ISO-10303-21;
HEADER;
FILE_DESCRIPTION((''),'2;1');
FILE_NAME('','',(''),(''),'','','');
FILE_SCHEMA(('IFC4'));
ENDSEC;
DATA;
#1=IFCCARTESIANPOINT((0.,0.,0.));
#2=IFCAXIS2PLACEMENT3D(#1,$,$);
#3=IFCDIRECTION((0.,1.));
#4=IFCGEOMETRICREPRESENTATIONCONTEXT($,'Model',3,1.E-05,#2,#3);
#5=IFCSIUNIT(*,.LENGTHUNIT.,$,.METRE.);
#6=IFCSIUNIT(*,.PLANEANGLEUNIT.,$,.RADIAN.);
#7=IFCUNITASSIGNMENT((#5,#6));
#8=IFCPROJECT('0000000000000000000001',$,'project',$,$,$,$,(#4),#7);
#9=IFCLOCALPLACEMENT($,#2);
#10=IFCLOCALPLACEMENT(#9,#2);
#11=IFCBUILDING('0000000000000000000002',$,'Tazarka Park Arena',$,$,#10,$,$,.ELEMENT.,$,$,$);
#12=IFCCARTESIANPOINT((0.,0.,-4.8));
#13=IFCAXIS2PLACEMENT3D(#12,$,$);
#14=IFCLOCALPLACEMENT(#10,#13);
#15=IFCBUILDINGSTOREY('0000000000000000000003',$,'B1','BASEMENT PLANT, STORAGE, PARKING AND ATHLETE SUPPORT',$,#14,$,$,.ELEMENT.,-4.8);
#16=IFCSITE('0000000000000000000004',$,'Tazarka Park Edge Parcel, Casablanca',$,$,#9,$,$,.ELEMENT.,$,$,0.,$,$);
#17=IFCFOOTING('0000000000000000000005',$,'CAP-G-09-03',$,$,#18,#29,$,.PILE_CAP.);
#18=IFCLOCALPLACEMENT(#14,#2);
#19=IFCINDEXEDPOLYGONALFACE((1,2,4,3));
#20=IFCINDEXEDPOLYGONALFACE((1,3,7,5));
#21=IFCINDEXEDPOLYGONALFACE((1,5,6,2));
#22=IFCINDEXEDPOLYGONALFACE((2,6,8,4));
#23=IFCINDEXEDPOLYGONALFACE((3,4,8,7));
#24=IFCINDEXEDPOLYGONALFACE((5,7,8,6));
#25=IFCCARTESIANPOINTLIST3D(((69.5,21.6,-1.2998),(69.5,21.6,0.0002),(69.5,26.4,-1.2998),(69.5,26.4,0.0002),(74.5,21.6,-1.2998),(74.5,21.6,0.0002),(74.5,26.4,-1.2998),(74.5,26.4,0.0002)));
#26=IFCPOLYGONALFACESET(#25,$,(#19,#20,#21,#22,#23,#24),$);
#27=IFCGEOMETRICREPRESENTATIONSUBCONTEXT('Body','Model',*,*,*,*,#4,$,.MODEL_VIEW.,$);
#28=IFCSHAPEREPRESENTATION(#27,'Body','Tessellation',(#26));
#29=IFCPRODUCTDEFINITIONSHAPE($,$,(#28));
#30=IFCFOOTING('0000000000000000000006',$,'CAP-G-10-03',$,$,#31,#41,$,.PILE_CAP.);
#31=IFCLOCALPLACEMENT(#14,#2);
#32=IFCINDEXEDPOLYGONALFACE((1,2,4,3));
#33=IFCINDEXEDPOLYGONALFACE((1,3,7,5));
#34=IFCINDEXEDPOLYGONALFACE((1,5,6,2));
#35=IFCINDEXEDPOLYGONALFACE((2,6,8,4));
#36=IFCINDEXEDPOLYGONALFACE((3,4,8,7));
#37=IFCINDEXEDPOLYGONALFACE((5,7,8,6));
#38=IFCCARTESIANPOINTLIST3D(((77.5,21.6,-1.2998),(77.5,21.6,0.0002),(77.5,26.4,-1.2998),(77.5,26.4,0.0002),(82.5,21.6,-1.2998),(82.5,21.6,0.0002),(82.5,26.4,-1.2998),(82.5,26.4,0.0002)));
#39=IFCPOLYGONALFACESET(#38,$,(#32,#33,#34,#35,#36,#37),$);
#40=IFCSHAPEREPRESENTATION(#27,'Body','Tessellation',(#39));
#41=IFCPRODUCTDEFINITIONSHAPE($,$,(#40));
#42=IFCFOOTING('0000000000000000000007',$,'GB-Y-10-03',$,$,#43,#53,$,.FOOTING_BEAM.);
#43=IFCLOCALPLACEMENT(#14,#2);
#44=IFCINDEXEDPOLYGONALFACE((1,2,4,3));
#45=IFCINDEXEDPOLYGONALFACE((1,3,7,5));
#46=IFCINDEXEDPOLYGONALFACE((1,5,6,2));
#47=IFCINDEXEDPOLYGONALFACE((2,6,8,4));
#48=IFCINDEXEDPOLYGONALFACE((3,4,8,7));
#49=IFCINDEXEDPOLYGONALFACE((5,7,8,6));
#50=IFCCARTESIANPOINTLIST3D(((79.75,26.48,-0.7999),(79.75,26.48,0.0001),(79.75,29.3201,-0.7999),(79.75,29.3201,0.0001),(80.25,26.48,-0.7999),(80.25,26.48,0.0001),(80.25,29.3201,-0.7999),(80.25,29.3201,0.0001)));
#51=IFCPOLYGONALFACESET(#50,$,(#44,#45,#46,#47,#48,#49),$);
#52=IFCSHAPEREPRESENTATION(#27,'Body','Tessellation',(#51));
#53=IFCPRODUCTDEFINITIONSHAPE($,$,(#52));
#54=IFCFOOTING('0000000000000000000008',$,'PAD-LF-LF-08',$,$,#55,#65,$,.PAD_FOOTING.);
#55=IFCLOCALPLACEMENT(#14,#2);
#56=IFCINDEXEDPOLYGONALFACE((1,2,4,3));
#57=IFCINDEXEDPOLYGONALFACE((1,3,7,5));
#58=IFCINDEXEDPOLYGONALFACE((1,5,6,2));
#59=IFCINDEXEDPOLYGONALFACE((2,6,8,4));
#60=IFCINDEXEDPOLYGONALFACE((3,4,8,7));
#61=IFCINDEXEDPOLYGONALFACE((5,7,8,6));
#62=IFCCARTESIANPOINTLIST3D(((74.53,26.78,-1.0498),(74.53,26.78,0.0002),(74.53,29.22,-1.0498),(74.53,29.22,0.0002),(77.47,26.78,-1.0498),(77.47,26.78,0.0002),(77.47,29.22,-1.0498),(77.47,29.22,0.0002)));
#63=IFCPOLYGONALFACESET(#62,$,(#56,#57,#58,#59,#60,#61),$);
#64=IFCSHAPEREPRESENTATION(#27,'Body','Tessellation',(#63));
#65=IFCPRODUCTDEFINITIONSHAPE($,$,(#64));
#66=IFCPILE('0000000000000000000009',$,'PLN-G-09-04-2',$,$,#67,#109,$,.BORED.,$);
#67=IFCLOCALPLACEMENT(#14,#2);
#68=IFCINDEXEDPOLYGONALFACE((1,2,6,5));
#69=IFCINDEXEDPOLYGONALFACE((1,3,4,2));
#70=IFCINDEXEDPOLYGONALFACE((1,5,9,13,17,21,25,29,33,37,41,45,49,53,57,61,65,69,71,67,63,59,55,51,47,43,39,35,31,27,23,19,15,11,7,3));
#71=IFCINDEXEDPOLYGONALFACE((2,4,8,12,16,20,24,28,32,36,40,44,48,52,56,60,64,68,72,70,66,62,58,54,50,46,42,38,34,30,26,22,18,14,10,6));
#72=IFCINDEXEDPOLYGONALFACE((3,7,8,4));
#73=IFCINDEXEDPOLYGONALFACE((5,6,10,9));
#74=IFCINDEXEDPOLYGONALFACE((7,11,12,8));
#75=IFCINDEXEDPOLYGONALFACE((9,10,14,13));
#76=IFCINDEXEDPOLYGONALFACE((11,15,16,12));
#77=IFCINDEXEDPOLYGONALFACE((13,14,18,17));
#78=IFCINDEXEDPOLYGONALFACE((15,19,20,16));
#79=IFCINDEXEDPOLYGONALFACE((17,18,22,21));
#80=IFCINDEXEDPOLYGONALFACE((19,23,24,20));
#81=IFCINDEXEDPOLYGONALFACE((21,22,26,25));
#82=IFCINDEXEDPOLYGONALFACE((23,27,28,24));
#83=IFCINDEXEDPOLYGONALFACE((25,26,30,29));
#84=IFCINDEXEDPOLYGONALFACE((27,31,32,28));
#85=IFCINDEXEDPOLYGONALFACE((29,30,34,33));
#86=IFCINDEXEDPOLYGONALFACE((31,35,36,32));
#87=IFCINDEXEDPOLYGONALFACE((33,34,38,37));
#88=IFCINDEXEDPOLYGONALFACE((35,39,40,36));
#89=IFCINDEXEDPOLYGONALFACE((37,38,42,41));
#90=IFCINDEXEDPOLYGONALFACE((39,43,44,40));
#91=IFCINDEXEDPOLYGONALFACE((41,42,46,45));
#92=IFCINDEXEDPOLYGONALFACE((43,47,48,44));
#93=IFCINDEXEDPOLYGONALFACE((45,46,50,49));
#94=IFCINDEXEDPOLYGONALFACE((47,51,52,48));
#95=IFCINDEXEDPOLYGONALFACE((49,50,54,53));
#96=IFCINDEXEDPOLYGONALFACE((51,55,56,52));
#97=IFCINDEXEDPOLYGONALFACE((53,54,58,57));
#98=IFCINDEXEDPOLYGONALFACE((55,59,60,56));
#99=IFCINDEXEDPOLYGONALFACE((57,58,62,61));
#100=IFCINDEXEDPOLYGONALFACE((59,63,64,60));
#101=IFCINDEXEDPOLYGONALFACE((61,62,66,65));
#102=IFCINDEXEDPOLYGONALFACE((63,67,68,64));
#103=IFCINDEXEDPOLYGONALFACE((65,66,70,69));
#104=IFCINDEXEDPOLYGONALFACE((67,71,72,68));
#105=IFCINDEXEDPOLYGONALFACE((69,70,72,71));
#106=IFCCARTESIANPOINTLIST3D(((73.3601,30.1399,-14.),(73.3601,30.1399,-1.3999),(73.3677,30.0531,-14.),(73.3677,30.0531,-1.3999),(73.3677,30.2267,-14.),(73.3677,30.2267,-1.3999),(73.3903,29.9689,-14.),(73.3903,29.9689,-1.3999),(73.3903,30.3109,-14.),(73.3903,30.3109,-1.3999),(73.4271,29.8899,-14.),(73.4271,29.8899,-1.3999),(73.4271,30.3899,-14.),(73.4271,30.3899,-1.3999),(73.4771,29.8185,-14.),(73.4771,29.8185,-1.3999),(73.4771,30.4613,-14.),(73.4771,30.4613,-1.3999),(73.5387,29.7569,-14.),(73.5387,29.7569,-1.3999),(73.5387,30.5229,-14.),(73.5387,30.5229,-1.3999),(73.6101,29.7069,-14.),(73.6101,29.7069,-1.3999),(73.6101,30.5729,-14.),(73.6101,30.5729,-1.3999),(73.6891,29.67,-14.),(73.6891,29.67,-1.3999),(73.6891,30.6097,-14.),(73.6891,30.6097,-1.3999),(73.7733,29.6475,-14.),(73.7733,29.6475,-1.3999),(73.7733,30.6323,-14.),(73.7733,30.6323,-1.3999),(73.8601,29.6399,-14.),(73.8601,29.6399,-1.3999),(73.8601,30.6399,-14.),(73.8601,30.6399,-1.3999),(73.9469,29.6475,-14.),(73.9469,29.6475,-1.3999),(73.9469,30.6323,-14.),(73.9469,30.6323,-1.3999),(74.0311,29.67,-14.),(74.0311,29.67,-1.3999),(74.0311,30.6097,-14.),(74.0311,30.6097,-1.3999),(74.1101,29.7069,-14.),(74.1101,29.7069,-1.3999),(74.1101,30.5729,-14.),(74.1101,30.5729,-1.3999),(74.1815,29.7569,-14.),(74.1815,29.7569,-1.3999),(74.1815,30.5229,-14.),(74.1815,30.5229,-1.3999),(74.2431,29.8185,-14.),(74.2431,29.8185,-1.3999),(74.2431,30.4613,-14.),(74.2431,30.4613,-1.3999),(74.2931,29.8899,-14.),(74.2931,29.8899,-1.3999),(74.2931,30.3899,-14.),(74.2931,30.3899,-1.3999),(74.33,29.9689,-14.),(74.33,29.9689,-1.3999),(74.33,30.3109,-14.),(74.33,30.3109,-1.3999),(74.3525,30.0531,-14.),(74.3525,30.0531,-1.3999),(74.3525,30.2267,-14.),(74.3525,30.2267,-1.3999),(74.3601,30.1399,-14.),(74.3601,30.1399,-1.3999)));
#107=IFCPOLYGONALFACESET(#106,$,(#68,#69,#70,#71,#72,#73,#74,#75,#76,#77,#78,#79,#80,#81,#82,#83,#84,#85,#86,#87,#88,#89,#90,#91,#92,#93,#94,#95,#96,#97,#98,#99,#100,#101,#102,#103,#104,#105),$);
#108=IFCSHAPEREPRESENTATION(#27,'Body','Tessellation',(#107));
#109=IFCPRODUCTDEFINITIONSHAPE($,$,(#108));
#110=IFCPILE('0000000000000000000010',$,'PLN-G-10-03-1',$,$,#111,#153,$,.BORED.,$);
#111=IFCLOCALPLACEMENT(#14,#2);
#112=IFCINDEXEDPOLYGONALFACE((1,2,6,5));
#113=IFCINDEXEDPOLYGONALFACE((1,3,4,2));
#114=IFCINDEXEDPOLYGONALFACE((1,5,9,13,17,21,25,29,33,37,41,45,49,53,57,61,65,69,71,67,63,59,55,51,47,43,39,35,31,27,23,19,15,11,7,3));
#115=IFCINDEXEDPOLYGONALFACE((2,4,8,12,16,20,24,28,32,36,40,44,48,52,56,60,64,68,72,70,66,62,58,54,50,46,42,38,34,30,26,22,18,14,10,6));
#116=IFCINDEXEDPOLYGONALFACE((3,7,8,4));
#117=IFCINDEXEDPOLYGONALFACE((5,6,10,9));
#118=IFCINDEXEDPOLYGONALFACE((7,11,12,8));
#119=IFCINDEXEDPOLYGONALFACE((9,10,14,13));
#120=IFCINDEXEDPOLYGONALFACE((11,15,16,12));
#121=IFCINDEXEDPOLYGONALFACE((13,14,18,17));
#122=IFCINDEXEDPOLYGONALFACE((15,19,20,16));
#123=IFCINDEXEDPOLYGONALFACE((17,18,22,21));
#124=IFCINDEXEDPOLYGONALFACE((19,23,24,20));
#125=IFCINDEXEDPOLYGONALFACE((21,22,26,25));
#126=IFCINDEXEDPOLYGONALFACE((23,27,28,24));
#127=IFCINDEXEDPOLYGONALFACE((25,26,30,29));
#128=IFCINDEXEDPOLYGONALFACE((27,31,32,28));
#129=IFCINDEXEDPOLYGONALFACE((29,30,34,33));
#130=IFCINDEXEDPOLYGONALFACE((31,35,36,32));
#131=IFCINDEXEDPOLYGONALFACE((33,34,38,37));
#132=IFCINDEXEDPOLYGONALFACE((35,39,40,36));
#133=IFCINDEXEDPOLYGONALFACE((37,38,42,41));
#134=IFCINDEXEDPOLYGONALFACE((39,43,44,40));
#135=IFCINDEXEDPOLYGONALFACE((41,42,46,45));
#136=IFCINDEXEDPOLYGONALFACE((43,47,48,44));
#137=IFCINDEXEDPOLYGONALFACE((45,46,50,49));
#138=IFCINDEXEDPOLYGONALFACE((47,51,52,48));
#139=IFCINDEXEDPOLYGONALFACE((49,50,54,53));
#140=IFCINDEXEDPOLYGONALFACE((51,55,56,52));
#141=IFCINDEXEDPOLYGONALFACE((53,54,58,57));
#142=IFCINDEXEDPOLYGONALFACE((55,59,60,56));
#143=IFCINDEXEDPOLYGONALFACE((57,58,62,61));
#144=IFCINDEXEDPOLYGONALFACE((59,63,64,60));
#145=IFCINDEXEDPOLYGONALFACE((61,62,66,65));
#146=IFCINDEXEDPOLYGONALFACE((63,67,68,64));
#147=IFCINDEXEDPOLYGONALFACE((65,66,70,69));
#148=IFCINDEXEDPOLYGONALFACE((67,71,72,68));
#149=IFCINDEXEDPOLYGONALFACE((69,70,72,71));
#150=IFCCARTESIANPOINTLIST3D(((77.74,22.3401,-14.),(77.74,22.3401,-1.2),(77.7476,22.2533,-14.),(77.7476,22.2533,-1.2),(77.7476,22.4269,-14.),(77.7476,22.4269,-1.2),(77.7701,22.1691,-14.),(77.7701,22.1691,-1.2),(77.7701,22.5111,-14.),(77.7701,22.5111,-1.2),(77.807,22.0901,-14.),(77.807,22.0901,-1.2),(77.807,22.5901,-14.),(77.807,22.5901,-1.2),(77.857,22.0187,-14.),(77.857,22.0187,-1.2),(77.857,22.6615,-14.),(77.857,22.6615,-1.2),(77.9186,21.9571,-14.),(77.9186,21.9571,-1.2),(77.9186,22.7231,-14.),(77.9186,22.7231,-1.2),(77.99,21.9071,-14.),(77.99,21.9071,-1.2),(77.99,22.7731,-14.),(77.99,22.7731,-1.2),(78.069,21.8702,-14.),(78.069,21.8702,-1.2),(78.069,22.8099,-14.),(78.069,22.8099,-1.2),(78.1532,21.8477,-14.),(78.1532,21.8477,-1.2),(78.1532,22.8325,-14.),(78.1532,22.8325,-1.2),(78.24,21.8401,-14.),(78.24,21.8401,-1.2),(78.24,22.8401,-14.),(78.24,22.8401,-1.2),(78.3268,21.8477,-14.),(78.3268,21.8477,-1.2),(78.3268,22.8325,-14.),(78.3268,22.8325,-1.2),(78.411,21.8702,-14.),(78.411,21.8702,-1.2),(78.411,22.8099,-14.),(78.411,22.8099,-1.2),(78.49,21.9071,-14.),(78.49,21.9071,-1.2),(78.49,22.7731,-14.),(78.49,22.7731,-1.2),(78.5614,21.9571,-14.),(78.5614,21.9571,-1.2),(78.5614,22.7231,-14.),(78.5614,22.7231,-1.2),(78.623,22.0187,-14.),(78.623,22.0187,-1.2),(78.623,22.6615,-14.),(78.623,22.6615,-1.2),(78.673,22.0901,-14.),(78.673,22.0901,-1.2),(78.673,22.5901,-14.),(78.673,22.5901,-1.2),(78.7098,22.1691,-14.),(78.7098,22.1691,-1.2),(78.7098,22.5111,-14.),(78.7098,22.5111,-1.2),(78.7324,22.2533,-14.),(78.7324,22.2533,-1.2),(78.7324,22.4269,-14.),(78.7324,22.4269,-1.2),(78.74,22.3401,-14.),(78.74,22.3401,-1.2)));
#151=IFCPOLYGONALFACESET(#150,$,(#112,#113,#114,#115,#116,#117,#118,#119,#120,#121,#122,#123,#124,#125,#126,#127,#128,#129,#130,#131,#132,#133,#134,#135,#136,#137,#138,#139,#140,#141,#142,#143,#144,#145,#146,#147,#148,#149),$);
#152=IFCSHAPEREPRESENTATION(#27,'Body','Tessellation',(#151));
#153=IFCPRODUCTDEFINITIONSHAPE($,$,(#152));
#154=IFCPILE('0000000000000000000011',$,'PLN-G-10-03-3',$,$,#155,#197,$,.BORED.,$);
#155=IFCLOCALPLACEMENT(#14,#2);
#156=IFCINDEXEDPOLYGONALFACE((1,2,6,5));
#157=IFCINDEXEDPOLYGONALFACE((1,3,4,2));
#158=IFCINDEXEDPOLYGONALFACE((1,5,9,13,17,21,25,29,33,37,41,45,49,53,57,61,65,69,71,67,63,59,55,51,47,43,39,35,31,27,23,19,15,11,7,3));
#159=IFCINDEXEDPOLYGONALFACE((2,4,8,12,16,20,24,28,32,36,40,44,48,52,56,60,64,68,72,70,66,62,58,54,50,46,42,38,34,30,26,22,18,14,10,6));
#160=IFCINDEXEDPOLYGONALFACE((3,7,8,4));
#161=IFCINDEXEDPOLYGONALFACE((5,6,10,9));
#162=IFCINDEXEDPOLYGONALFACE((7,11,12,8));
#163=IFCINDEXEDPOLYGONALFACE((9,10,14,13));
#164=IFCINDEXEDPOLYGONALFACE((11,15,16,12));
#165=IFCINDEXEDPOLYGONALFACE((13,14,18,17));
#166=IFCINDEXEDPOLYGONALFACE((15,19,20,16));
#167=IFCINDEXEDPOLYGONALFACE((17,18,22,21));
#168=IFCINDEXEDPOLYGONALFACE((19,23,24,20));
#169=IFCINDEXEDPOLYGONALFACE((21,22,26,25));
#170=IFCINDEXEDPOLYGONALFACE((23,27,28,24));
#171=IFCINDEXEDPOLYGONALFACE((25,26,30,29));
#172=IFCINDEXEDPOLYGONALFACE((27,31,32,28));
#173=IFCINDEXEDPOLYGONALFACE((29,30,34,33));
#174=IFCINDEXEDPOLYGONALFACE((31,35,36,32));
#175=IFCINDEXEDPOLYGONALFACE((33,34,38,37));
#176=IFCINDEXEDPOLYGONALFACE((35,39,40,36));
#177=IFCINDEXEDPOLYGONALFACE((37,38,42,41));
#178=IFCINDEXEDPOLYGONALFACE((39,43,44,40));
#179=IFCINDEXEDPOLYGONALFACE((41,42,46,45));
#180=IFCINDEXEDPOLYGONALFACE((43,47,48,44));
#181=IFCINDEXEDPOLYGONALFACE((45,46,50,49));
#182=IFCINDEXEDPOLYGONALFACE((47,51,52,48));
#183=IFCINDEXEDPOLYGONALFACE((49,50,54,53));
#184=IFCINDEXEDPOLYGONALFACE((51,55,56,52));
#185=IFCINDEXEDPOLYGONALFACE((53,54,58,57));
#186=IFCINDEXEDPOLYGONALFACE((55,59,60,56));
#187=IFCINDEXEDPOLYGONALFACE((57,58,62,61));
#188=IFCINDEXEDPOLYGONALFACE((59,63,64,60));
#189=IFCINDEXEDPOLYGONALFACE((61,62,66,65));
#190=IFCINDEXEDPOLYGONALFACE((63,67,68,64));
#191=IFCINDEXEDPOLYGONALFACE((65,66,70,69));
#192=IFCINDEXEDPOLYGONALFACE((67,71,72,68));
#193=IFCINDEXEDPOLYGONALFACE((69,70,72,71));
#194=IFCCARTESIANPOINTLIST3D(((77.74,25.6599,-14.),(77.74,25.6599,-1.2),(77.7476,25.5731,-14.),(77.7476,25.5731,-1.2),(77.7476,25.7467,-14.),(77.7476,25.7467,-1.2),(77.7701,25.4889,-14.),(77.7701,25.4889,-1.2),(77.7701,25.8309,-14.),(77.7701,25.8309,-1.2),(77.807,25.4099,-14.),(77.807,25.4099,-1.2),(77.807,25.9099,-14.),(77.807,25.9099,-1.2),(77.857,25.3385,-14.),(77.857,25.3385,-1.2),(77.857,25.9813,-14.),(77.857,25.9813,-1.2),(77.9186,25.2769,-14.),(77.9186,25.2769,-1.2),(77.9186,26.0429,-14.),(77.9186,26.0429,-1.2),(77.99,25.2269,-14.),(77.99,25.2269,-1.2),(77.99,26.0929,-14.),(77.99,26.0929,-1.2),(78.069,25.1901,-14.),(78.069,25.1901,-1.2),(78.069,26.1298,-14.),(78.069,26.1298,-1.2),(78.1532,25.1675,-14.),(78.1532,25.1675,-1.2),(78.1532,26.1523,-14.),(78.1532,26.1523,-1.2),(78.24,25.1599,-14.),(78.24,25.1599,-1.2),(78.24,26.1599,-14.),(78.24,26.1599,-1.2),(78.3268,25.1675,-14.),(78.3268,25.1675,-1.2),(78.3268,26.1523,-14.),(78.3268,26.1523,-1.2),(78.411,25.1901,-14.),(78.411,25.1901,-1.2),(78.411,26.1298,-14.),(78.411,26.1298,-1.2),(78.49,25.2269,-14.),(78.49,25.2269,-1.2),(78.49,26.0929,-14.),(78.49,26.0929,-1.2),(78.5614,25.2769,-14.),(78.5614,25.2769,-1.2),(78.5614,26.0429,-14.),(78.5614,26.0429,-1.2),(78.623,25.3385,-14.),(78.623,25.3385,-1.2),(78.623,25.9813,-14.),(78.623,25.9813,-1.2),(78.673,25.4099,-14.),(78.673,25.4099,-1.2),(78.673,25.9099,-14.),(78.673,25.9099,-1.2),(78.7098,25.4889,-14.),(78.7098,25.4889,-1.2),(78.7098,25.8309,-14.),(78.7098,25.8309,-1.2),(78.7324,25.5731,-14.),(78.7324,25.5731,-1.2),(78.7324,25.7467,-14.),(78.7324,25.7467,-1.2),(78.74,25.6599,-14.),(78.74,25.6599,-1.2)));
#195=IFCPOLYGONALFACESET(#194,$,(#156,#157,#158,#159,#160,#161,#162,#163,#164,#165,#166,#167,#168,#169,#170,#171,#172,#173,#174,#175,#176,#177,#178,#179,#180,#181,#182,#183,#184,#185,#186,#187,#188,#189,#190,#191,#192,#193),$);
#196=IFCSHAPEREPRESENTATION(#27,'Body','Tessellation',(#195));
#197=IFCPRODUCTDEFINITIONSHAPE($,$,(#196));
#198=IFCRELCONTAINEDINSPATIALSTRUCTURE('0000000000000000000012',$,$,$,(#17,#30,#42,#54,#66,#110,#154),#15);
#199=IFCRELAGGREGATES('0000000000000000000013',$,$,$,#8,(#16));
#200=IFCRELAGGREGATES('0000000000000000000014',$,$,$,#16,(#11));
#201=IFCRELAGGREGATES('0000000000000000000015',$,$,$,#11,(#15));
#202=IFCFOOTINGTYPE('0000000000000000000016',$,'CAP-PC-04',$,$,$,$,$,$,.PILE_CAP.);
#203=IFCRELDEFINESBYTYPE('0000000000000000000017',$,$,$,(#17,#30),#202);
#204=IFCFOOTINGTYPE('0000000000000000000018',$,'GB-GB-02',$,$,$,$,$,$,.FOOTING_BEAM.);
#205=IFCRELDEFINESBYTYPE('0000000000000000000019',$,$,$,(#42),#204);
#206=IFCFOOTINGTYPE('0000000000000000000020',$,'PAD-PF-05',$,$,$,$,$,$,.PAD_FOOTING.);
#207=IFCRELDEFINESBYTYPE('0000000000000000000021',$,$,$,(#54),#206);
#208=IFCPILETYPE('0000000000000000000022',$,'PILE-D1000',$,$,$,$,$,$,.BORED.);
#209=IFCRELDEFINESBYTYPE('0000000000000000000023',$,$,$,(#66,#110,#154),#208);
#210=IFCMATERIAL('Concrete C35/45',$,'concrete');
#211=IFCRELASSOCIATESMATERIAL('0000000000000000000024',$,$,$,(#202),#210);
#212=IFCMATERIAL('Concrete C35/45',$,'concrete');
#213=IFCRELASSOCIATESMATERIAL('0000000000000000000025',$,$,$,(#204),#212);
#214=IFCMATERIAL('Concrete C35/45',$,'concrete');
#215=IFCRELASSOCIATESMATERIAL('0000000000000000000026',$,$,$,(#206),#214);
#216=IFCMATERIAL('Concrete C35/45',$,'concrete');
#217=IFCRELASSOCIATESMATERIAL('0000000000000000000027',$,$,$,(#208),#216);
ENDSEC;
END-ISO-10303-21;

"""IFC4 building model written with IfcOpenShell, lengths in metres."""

from ifc_helpers import new_model, si_unit, direction, frame, origin, origin_2d, place, context, subcontext, project, spatial, rectangle, circle, extrude, material, material_profile, profile_set, type_object, element, save


model = new_model("IFC4")

# Units and contexts
model_context = context("Model", 3, precision=1e-05, world=origin(), true_north=direction((0.0, 1.0)))
body_context = subcontext(model_context, "Body", "Model", "MODEL_VIEW")
ifc_project = project(units=[si_unit("LENGTHUNIT", "METRE"), si_unit("PLANEANGLEUNIT", "RADIAN")], contexts=[model_context])

# Site, building, storey
site_placement = place(None, origin())
site = spatial("IfcSite", under=ifc_project, at=site_placement, Name="Tazarka Park Edge Parcel, Casablanca", CompositionType="ELEMENT", RefElevation=0.0)
building_placement = place(site_placement, origin())
building = spatial("IfcBuilding", under=site, at=building_placement, Name="Tazarka Park Arena", CompositionType="ELEMENT")
storey_placement = place(building_placement, frame((0.0, 0.0, -4.8)))
storey = spatial("IfcBuildingStorey", under=building, at=storey_placement, Name="B1", Description="BASEMENT PLANT, STORAGE, PARKING AND ATHLETE SUPPORT", CompositionType="ELEMENT", Elevation=-4.8)

# Footings
ifc_material_1 = material(Name="Concrete C35/45", Category="concrete")
footing_type_1 = type_object("IfcFootingType", Name="CAP-PC-04", PredefinedType="PILE_CAP", material=ifc_material_1)
for number, where, z_axis, x_axis, name in (
    (1, (72.0, 24.0, -1.2998), (0.0, 0.0, 1.0), (1.0, 0.0, 0.0), "CAP-G-09-03"),
    (2, (80.0, 24.0, -1.2998), (0.0, 0.0, 1.0), (1.0, 0.0, 0.0), "CAP-G-10-03"),
):
    element("IfcFooting", number, at=place(storey_placement, frame(where, z_axis=z_axis, x_axis=x_axis)), inside=storey, type_object=footing_type_1, Name=name, PredefinedType="PILE_CAP", context=body_context, shape_type="SweptSolid", body=[
        extrude(rectangle(XDim=5.0, YDim=4.8, at=origin_2d()), origin(), (0.0, 0.0, 1.0), 1.3),
    ])
ifc_material_2 = material(Name="Concrete C35/45", Category="concrete")
ifc_material_profile_1 = material_profile(ifc_material_2, rectangle(XDim=0.5, YDim=0.8, at=origin_2d()), Name="Concrete C35/45")
ifc_profile_set_1 = profile_set([ifc_material_profile_1], Name="Concrete C35/45")
footing_type_2 = type_object("IfcFootingType", Name="GB-GB-02", PredefinedType="FOOTING_BEAM", material=ifc_profile_set_1)
footing_1_placement = place(storey_placement, frame((80.0, 26.48, -0.3999), z_axis=(0.0, 1.0, 0.0), x_axis=(-1.0, 0.0, 0.0)))
element("IfcFooting", 3, at=footing_1_placement, inside=storey, type_object=footing_type_2, Name="GB-Y-10-03", PredefinedType="FOOTING_BEAM", context=body_context, shape_type="SweptSolid", body=[
    extrude(rectangle(XDim=0.5, YDim=0.8, at=origin_2d()), origin(), (0.0, 0.0, 1.0), 2.8401),
])
ifc_material_3 = material(Name="Concrete C35/45", Category="concrete")
footing_type_3 = type_object("IfcFootingType", Name="PAD-PF-05", PredefinedType="PAD_FOOTING", material=ifc_material_3)
footing_2_placement = place(storey_placement, frame((76.0, 28.0, -1.0498), z_axis=(0.0, 0.0, 1.0), x_axis=(1.0, 0.0, 0.0)))
element("IfcFooting", 4, at=footing_2_placement, inside=storey, type_object=footing_type_3, Name="PAD-LF-LF-08", PredefinedType="PAD_FOOTING", context=body_context, shape_type="SweptSolid", body=[
    extrude(rectangle(XDim=2.9399, YDim=2.4399, at=origin_2d()), origin(), (0.0, 0.0, 1.0), 1.05),
])

# Piles
ifc_material_4 = material(Name="Concrete C35/45", Category="concrete")
ifc_material_profile_2 = material_profile(ifc_material_4, circle(Radius=0.5, at=origin_2d()), Name="Concrete C35/45")
ifc_profile_set_2 = profile_set([ifc_material_profile_2], Name="Concrete C35/45")
pile_type_1 = type_object("IfcPileType", Name="PILE-D1000", PredefinedType="BORED", material=ifc_profile_set_2)
pile_1_placement = place(storey_placement, frame((73.8601, 30.1399, -1.3999), z_axis=(0.0, 0.0, -1.0), x_axis=(1.0, 0.0, 0.0)))
element("IfcPile", 5, at=pile_1_placement, inside=storey, type_object=pile_type_1, Name="PLN-G-09-04-2", PredefinedType="BORED", context=body_context, shape_type="SweptSolid", body=[
    extrude(circle(Radius=0.5, at=origin_2d()), origin(), (0.0, 0.0, 1.0), 12.6001),
])
for number, where, z_axis, x_axis, name in (
    (6, (78.24, 22.3401, -1.2), (0.0, 0.0, -1.0), (1.0, 0.0, 0.0), "PLN-G-10-03-1"),
    (7, (78.24, 25.6599, -1.2), (0.0, 0.0, -1.0), (1.0, 0.0, 0.0), "PLN-G-10-03-3"),
):
    element("IfcPile", number, at=place(storey_placement, frame(where, z_axis=z_axis, x_axis=x_axis)), inside=storey, type_object=pile_type_1, Name=name, PredefinedType="BORED", context=body_context, shape_type="SweptSolid", body=[
        extrude(circle(Radius=0.5, at=origin_2d()), origin(), (0.0, 0.0, 1.0), 12.8),
    ])

save(model, "model.ifc")
